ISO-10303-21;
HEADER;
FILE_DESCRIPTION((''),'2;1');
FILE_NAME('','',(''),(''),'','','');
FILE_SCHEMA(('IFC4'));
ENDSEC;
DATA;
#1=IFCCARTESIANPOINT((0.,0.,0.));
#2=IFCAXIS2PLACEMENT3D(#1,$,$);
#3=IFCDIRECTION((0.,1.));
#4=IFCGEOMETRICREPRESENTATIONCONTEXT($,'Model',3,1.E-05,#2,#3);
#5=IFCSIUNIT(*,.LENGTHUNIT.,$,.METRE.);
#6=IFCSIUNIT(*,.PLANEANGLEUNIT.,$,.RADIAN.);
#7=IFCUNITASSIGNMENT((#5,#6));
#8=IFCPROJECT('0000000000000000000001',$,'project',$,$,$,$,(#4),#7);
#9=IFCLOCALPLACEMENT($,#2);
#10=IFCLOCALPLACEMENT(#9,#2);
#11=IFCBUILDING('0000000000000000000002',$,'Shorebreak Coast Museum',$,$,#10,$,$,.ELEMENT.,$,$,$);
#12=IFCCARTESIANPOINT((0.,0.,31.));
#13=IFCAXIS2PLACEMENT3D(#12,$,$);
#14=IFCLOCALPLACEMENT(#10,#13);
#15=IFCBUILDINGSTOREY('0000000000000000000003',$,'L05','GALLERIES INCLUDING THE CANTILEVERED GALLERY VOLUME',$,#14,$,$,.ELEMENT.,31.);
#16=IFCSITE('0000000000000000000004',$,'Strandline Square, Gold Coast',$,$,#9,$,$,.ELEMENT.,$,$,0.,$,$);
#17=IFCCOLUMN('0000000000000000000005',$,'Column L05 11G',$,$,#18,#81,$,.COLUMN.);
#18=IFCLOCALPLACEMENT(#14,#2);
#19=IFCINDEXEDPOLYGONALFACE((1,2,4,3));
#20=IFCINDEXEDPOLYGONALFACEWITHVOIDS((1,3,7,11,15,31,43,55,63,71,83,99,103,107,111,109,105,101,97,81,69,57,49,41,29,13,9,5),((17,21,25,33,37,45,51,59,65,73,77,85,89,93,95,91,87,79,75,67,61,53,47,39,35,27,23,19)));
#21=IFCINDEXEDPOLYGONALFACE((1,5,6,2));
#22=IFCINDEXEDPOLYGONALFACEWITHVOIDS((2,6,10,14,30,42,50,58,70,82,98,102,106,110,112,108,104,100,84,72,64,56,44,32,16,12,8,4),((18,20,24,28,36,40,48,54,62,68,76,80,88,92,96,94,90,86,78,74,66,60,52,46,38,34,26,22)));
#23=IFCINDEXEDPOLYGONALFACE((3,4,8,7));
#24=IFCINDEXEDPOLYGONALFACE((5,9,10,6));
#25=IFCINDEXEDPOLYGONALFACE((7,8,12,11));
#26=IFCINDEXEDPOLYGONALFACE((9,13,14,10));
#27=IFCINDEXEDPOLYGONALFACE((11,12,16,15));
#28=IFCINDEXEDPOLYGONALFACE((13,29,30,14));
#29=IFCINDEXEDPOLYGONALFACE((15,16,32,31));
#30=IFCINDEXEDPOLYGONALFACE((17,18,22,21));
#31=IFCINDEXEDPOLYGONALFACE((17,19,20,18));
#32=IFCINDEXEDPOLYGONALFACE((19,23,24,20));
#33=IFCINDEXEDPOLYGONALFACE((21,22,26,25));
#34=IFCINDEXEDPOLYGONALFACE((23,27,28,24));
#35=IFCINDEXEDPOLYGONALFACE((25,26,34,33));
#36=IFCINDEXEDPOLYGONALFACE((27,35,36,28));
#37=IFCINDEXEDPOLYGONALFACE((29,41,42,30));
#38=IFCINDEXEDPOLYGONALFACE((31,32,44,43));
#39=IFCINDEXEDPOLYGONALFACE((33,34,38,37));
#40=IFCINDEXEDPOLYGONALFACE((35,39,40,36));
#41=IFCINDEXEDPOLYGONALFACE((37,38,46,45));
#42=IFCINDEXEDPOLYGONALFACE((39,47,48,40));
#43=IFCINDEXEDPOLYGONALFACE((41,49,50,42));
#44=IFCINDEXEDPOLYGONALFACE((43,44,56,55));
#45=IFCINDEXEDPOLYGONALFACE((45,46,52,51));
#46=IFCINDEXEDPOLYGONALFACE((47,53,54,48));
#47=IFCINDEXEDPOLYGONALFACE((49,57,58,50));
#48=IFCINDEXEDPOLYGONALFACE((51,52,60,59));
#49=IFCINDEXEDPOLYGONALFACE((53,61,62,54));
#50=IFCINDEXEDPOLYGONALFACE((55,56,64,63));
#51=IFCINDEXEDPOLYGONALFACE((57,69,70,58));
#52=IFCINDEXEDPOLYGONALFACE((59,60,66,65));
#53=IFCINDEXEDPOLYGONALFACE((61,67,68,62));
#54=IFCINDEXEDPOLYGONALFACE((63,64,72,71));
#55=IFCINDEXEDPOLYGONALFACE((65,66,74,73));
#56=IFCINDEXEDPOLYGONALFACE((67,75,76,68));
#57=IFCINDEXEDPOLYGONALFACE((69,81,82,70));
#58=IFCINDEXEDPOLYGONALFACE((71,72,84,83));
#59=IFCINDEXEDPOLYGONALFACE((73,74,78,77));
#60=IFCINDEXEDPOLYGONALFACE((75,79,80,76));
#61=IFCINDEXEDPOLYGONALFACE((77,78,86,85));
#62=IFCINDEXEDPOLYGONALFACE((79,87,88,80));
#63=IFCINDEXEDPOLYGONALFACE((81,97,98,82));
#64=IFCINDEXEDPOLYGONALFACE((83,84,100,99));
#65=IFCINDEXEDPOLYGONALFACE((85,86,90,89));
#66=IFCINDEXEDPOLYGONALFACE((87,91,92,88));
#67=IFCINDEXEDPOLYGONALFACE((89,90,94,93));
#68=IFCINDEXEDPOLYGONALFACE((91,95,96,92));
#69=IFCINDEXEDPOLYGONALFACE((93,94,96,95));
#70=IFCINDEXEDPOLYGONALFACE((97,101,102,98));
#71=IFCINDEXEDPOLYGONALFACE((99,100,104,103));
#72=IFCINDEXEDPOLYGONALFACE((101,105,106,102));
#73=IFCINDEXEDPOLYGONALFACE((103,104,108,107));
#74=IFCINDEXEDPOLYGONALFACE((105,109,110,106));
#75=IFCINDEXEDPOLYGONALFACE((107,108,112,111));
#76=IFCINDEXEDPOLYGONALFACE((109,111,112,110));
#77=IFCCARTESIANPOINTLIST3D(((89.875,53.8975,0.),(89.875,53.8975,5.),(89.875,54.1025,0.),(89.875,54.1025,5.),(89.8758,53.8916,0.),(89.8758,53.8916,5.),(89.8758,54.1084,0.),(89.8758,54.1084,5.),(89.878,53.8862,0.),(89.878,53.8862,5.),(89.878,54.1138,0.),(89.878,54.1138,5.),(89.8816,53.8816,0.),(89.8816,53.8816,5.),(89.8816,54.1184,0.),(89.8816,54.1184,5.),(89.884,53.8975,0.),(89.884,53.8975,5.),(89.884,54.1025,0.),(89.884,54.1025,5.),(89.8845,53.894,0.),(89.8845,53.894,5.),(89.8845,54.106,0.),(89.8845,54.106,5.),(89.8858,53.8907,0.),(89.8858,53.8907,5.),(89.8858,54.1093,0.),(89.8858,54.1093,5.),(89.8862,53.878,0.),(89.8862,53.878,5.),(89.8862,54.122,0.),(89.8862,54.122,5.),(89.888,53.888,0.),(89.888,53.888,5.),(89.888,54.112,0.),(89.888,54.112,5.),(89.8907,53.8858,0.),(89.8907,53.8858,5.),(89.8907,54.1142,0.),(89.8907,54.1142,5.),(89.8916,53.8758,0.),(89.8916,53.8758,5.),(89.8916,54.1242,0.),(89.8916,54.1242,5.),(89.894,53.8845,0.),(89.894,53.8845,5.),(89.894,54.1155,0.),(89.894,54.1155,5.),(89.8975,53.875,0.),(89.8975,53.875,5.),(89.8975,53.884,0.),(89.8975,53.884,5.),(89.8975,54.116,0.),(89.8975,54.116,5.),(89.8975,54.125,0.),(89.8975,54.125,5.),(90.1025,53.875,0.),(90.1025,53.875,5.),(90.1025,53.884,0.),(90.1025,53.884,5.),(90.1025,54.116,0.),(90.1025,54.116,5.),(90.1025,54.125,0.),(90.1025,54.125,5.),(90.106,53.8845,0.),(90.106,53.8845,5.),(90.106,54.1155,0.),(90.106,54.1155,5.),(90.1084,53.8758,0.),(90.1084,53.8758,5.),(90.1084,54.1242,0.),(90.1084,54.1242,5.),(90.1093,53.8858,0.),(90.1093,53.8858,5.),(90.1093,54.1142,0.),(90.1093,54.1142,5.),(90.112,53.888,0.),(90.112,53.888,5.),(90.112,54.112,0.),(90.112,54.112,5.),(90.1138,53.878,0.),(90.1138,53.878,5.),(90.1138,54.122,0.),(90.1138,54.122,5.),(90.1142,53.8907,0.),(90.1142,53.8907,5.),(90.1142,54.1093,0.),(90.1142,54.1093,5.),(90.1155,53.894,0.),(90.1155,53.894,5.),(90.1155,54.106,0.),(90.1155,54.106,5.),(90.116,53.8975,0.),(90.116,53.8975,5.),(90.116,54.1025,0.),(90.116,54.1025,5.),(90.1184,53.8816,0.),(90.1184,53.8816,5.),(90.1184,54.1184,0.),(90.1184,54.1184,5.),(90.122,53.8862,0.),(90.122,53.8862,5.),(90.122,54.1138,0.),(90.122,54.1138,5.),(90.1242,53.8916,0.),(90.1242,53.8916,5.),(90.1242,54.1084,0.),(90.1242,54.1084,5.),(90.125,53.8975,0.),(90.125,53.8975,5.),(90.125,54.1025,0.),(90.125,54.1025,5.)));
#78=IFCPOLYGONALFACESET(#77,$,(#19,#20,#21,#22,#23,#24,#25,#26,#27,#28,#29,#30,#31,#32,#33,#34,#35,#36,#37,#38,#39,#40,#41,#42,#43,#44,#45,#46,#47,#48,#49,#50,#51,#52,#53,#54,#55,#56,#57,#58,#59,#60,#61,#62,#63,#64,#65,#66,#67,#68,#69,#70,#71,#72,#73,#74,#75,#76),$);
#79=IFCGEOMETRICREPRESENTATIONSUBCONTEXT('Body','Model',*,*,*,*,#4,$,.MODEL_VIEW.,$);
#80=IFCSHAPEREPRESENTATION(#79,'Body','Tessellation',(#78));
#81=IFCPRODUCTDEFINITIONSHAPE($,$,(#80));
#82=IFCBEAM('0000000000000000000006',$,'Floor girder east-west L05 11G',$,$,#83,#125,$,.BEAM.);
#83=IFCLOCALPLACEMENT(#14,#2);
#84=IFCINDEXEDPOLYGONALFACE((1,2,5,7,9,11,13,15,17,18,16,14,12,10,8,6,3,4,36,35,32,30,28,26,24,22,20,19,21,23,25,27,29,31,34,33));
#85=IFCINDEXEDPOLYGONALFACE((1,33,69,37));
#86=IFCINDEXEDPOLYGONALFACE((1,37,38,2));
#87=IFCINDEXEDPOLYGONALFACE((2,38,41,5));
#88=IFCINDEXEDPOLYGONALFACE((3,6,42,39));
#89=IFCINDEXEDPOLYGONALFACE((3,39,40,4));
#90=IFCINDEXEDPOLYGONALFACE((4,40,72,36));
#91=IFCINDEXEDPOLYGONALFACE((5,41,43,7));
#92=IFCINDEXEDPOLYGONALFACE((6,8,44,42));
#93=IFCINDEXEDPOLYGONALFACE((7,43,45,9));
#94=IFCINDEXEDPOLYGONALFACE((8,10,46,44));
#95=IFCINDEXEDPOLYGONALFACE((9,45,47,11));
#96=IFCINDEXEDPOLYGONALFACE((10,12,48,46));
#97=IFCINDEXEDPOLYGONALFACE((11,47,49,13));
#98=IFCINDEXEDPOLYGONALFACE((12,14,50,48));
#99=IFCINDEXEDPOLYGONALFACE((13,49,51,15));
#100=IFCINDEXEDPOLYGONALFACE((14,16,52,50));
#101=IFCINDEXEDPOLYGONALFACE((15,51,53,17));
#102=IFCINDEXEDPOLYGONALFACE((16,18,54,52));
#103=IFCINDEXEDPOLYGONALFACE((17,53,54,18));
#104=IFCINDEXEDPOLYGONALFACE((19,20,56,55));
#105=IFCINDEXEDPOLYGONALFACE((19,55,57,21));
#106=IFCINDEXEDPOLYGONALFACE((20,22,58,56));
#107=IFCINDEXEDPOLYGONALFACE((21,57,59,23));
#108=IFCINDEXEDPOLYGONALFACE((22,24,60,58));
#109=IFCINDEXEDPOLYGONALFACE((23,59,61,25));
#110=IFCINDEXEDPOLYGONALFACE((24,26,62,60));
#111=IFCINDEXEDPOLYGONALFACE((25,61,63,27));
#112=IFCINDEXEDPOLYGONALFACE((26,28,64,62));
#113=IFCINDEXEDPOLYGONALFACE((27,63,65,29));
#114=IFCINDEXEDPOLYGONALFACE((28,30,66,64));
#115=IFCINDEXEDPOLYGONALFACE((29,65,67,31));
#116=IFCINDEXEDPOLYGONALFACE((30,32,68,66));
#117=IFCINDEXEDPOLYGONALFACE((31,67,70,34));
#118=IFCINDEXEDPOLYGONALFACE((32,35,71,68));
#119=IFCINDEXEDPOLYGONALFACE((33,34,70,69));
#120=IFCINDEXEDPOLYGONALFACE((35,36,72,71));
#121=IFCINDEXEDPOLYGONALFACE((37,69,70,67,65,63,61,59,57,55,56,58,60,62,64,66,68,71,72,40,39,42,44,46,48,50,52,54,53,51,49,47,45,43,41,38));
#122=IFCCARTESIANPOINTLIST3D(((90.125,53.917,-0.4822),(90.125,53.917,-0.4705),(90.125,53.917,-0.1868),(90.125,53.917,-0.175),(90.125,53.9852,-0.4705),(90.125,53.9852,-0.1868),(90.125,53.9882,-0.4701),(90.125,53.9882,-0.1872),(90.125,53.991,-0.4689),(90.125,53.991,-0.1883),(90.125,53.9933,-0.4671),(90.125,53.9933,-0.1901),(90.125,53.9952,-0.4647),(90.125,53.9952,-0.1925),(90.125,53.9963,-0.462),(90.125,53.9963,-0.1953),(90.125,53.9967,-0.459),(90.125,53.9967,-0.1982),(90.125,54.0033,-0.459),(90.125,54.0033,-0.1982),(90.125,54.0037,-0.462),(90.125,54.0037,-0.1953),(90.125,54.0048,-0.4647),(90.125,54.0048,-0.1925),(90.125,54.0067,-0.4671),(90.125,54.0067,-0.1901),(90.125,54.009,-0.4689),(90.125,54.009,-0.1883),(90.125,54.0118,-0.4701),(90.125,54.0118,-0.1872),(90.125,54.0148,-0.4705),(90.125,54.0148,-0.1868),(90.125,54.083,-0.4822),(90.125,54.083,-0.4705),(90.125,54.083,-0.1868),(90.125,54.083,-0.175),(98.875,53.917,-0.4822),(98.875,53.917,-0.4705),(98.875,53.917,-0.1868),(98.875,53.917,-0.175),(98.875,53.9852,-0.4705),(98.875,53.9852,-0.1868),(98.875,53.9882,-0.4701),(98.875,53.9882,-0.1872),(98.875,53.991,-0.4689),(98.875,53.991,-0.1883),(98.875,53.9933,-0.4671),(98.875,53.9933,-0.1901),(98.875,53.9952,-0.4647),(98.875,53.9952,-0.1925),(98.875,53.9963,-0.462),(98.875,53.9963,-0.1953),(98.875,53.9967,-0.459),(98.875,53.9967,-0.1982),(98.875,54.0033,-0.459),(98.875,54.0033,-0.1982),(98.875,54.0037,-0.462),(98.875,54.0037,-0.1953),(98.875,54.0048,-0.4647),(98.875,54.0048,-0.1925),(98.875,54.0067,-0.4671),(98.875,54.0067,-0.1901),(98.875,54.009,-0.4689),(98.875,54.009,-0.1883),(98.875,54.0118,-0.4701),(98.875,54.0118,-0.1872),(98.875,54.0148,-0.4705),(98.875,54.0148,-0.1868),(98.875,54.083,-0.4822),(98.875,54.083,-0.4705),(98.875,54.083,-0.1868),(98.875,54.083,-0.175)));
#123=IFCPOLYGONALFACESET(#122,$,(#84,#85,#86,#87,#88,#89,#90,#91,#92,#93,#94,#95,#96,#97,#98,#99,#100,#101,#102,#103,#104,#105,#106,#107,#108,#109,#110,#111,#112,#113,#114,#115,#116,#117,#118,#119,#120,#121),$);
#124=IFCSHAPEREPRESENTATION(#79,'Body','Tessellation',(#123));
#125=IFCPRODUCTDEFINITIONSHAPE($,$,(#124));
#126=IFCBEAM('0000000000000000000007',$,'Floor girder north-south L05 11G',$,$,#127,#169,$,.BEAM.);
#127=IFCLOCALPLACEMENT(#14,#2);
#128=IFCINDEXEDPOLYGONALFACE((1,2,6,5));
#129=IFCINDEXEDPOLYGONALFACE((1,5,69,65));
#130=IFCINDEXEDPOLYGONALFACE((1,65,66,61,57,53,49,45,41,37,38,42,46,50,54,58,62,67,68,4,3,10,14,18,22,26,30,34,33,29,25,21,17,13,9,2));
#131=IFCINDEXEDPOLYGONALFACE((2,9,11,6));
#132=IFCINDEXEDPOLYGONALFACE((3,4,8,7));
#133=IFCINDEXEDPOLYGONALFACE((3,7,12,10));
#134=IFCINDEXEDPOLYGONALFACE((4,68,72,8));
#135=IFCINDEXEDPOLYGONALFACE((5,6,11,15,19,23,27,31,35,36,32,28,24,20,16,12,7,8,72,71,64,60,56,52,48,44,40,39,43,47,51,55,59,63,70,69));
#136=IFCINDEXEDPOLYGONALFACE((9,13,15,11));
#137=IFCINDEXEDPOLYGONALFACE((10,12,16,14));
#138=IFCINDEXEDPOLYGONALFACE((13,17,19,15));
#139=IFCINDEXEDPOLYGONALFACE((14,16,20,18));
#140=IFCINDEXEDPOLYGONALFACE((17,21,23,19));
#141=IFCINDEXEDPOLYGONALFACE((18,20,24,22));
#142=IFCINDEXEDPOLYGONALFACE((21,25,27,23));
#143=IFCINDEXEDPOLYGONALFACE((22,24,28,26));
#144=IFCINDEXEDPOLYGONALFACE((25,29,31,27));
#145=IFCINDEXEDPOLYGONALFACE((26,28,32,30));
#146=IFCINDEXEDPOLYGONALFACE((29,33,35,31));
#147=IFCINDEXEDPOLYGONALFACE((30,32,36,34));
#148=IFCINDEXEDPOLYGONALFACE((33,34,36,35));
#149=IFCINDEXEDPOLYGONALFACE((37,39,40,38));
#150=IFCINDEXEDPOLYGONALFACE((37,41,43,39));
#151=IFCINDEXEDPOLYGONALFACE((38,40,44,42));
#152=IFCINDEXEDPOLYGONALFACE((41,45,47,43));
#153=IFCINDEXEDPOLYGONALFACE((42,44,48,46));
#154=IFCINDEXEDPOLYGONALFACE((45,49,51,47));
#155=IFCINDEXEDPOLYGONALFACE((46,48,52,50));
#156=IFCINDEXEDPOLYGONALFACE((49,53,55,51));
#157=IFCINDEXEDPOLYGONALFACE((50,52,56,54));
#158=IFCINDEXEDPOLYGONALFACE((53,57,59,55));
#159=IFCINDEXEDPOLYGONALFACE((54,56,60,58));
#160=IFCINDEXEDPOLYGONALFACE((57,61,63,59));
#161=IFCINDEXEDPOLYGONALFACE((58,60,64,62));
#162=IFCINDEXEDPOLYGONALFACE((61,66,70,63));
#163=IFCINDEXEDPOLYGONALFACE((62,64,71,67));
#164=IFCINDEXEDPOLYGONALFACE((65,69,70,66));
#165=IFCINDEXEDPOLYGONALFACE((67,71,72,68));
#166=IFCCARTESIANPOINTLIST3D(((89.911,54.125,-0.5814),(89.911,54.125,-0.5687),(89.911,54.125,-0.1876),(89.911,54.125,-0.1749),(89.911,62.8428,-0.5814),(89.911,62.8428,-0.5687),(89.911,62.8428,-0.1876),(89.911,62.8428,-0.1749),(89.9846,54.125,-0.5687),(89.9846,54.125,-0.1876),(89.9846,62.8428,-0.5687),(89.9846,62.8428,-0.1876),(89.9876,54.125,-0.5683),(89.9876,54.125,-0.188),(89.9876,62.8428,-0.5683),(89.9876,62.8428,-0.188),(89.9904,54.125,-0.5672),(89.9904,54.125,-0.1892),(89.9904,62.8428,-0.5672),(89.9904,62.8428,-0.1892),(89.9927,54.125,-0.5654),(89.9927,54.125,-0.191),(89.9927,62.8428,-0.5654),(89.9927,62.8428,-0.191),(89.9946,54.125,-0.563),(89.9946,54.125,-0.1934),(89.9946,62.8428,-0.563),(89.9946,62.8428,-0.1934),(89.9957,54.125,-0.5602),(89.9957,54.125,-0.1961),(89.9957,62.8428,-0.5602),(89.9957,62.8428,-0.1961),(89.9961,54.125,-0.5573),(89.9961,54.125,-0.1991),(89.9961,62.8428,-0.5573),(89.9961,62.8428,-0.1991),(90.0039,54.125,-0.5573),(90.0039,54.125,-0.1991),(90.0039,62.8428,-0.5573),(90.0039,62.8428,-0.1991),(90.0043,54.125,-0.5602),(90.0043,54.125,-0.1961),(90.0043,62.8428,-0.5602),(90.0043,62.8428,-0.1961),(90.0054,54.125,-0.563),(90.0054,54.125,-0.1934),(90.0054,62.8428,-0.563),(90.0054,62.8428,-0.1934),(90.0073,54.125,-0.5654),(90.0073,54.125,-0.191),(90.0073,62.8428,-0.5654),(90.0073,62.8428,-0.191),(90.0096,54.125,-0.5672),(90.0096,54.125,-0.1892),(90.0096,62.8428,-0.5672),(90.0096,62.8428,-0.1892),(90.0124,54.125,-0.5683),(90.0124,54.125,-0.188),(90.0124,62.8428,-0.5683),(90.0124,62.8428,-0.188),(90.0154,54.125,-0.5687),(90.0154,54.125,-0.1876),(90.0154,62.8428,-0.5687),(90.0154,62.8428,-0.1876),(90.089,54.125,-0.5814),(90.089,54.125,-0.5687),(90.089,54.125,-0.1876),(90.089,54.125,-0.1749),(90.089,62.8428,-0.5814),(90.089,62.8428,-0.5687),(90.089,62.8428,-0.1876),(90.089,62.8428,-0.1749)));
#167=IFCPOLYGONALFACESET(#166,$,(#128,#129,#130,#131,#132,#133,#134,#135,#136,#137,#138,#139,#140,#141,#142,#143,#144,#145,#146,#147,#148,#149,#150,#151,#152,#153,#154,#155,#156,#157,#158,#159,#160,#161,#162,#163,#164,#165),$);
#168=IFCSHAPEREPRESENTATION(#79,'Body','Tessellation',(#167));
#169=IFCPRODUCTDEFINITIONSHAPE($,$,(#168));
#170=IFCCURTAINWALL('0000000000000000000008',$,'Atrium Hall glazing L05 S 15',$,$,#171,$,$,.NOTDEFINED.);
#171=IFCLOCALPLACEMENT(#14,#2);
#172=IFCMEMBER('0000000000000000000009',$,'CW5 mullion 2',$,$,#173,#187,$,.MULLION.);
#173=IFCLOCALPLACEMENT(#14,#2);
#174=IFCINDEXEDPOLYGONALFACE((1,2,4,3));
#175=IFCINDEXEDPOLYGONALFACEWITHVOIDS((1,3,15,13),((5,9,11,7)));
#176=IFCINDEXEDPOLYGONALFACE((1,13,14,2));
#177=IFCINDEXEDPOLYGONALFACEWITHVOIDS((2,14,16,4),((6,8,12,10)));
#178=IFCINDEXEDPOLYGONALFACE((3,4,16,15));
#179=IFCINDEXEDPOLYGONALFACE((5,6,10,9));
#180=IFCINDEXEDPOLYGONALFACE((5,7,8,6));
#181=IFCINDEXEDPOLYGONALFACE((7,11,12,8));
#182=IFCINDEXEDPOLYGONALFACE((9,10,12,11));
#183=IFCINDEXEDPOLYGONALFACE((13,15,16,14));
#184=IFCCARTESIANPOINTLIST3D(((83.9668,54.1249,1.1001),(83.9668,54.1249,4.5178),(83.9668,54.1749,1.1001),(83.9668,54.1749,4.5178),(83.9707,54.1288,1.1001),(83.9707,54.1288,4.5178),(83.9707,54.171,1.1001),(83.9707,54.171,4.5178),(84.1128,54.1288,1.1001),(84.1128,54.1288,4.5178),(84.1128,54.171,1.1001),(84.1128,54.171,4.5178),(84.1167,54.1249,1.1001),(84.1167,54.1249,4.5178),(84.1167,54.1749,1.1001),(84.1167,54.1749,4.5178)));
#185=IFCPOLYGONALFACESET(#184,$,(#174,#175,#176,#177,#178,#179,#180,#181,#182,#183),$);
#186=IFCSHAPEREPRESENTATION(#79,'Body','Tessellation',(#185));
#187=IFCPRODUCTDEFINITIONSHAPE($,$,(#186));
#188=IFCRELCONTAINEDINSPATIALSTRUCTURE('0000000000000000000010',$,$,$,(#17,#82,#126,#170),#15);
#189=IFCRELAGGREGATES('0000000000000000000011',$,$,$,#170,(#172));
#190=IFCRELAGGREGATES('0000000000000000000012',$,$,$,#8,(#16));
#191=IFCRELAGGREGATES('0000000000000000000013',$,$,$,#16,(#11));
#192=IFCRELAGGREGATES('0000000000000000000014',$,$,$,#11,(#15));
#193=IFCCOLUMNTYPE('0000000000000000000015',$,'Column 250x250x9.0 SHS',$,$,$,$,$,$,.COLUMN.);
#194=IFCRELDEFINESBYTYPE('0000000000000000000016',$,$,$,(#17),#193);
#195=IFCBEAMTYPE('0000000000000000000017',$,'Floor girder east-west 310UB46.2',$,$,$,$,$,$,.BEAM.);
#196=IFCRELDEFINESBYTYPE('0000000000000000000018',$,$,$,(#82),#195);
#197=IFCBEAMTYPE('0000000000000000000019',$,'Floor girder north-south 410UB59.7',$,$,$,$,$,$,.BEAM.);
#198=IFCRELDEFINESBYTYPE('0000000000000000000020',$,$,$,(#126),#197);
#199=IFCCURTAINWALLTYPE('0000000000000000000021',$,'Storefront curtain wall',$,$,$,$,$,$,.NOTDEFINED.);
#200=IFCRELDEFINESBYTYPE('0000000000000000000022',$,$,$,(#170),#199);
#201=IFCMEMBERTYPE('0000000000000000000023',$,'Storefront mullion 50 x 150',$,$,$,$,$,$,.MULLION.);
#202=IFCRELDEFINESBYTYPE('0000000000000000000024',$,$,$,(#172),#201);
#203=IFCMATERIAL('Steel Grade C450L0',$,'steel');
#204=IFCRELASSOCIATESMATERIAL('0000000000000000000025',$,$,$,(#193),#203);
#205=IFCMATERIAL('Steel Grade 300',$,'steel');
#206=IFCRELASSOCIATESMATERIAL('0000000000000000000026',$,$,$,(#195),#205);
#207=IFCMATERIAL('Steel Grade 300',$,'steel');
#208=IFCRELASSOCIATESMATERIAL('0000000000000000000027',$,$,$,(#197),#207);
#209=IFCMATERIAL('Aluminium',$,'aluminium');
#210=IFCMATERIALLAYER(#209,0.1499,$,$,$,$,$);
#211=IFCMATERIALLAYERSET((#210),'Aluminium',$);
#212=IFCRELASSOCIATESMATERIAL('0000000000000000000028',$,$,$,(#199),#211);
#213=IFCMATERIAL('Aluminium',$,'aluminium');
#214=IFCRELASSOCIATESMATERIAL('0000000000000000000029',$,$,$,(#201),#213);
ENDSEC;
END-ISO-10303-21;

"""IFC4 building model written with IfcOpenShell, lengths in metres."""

from ifc_helpers import new_model, si_unit, direction, frame, origin, origin_2d, place, context, subcontext, project, spatial, hollow_rectangle, i_section, extrude, material, layer, layer_set, material_profile, profile_set, type_object, element, aggregate, save


model = new_model("IFC4")

# Units and contexts
model_context = context("Model", 3, precision=1e-05, world=origin(), true_north=direction((0.0, 1.0)))
body_context = subcontext(model_context, "Body", "Model", "MODEL_VIEW")
ifc_project = project(units=[si_unit("LENGTHUNIT", "METRE"), si_unit("PLANEANGLEUNIT", "RADIAN")], contexts=[model_context])

# Site, building, storey
site_placement = place(None, origin())
site = spatial("IfcSite", under=ifc_project, at=site_placement, Name="Strandline Square, Gold Coast", CompositionType="ELEMENT", RefElevation=0.0)
building_placement = place(site_placement, origin())
building = spatial("IfcBuilding", under=site, at=building_placement, Name="Shorebreak Coast Museum", CompositionType="ELEMENT")
storey_placement = place(building_placement, frame((0.0, 0.0, 31.0)))
storey = spatial("IfcBuildingStorey", under=building, at=storey_placement, Name="L05", Description="GALLERIES INCLUDING THE CANTILEVERED GALLERY VOLUME", CompositionType="ELEMENT", Elevation=31.0)

# Column
ifc_material_1 = material(Name="Steel Grade C450L0", Category="steel")
ifc_material_profile_1 = material_profile(ifc_material_1, hollow_rectangle(XDim=0.25, YDim=0.25, WallThickness=0.009, InnerFilletRadius=0.0134, OuterFilletRadius=0.0225, at=origin_2d()), Name="250x250x9.0 SHS")
ifc_profile_set_1 = profile_set([ifc_material_profile_1], Name="Steel Grade C450L0")
column_type = type_object("IfcColumnType", Name="Column 250x250x9.0 SHS", PredefinedType="COLUMN", material=ifc_profile_set_1)
column_placement = place(storey_placement, frame((90.0, 54.0, 0.0), z_axis=(0.0, 0.0, 1.0), x_axis=(1.0, 0.0, 0.0)))
element("IfcColumn", 1, at=column_placement, inside=storey, type_object=column_type, Name="Column L05 11G", PredefinedType="COLUMN", context=body_context, shape_type="SweptSolid", body=[
    extrude(hollow_rectangle(XDim=0.25, YDim=0.25, WallThickness=0.009, InnerFilletRadius=0.0134, OuterFilletRadius=0.0225, at=origin_2d()), origin(), (0.0, 0.0, 1.0), 5.0),
])

# Beams
ifc_material_2 = material(Name="Steel Grade 300", Category="steel")
ifc_material_profile_2 = material_profile(ifc_material_2, i_section(OverallWidth=0.166, OverallDepth=0.3071, WebThickness=0.0066, FlangeThickness=0.0117, FilletRadius=0.0115, at=origin_2d()), Name="310UB46.2")
ifc_profile_set_2 = profile_set([ifc_material_profile_2], Name="Steel Grade 300")
beam_type_1 = type_object("IfcBeamType", Name="Floor girder east-west 310UB46.2", PredefinedType="BEAM", material=ifc_profile_set_2)
beam_1_placement = place(storey_placement, frame((90.125, 54.0, -0.3286), z_axis=(1.0, 0.0, 0.0), x_axis=(0.0, 1.0, 0.0)))
element("IfcBeam", 2, at=beam_1_placement, inside=storey, type_object=beam_type_1, Name="Floor girder east-west L05 11G", PredefinedType="BEAM", context=body_context, shape_type="SweptSolid", body=[
    extrude(i_section(OverallWidth=0.166, OverallDepth=0.3071, WebThickness=0.0066, FlangeThickness=0.0117, FilletRadius=0.0115, at=origin_2d()), origin(), (0.0, 0.0, 1.0), 8.75),
])
ifc_material_3 = material(Name="Steel Grade 300", Category="steel")
ifc_material_profile_3 = material_profile(ifc_material_3, i_section(OverallWidth=0.178, OverallDepth=0.4065, WebThickness=0.0078, FlangeThickness=0.0127, FilletRadius=0.0115, at=origin_2d()), Name="410UB59.7")
ifc_profile_set_3 = profile_set([ifc_material_profile_3], Name="Steel Grade 300")
beam_type_2 = type_object("IfcBeamType", Name="Floor girder north-south 410UB59.7", PredefinedType="BEAM", material=ifc_profile_set_3)
beam_2_placement = place(storey_placement, frame((90.0, 54.125, -0.3782), z_axis=(0.0, 1.0, 0.0), x_axis=(-1.0, 0.0, 0.0)))
element("IfcBeam", 3, at=beam_2_placement, inside=storey, type_object=beam_type_2, Name="Floor girder north-south L05 11G", PredefinedType="BEAM", context=body_context, shape_type="SweptSolid", body=[
    extrude(i_section(OverallWidth=0.178, OverallDepth=0.4065, WebThickness=0.0078, FlangeThickness=0.0127, FilletRadius=0.0115, at=origin_2d()), origin(), (0.0, 0.0, 1.0), 8.7178),
])

# Curtain wall, member
ifc_material_4 = material(Name="Aluminium", Category="aluminium")
ifc_layer_1 = layer(ifc_material_4, 0.1499)
ifc_layer_set_1 = layer_set([ifc_layer_1], Name="Aluminium")
curtain_wall_type = type_object("IfcCurtainWallType", Name="Storefront curtain wall", PredefinedType="NOTDEFINED", material=ifc_layer_set_1)
curtain_wall_1_placement = place(storey_placement, origin())
curtain_wall_1 = element("IfcCurtainWall", 4, at=curtain_wall_1_placement, inside=storey, type_object=curtain_wall_type, Name="Atrium Hall glazing L05 S 15", PredefinedType="NOTDEFINED")
ifc_material_5 = material(Name="Aluminium", Category="aluminium")
ifc_material_profile_4 = material_profile(ifc_material_5, hollow_rectangle(XDim=0.05, YDim=0.1499, WallThickness=0.0039, at=origin_2d()), Name="AL 150x50 RHS")
ifc_profile_set_4 = profile_set([ifc_material_profile_4], Name="Aluminium")
member_type_1 = type_object("IfcMemberType", Name="Storefront mullion 50 x 150", PredefinedType="MULLION", material=ifc_profile_set_4)
member_1_placement = place(storey_placement, frame((84.0417, 54.1499, 1.1001), z_axis=(0.0, 0.0, 1.0), x_axis=(0.0, 1.0, 0.0)))
member_1 = element("IfcMember", 5, at=member_1_placement, type_object=member_type_1, Name="CW5 mullion 2", PredefinedType="MULLION", context=body_context, shape_type="SweptSolid", body=[
    extrude(hollow_rectangle(XDim=0.05, YDim=0.1499, WallThickness=0.0039, at=origin_2d()), origin(), (0.0, 0.0, 1.0), 3.4177),
])

aggregate(curtain_wall_1, [member_1])

save(model, "model.ifc")
